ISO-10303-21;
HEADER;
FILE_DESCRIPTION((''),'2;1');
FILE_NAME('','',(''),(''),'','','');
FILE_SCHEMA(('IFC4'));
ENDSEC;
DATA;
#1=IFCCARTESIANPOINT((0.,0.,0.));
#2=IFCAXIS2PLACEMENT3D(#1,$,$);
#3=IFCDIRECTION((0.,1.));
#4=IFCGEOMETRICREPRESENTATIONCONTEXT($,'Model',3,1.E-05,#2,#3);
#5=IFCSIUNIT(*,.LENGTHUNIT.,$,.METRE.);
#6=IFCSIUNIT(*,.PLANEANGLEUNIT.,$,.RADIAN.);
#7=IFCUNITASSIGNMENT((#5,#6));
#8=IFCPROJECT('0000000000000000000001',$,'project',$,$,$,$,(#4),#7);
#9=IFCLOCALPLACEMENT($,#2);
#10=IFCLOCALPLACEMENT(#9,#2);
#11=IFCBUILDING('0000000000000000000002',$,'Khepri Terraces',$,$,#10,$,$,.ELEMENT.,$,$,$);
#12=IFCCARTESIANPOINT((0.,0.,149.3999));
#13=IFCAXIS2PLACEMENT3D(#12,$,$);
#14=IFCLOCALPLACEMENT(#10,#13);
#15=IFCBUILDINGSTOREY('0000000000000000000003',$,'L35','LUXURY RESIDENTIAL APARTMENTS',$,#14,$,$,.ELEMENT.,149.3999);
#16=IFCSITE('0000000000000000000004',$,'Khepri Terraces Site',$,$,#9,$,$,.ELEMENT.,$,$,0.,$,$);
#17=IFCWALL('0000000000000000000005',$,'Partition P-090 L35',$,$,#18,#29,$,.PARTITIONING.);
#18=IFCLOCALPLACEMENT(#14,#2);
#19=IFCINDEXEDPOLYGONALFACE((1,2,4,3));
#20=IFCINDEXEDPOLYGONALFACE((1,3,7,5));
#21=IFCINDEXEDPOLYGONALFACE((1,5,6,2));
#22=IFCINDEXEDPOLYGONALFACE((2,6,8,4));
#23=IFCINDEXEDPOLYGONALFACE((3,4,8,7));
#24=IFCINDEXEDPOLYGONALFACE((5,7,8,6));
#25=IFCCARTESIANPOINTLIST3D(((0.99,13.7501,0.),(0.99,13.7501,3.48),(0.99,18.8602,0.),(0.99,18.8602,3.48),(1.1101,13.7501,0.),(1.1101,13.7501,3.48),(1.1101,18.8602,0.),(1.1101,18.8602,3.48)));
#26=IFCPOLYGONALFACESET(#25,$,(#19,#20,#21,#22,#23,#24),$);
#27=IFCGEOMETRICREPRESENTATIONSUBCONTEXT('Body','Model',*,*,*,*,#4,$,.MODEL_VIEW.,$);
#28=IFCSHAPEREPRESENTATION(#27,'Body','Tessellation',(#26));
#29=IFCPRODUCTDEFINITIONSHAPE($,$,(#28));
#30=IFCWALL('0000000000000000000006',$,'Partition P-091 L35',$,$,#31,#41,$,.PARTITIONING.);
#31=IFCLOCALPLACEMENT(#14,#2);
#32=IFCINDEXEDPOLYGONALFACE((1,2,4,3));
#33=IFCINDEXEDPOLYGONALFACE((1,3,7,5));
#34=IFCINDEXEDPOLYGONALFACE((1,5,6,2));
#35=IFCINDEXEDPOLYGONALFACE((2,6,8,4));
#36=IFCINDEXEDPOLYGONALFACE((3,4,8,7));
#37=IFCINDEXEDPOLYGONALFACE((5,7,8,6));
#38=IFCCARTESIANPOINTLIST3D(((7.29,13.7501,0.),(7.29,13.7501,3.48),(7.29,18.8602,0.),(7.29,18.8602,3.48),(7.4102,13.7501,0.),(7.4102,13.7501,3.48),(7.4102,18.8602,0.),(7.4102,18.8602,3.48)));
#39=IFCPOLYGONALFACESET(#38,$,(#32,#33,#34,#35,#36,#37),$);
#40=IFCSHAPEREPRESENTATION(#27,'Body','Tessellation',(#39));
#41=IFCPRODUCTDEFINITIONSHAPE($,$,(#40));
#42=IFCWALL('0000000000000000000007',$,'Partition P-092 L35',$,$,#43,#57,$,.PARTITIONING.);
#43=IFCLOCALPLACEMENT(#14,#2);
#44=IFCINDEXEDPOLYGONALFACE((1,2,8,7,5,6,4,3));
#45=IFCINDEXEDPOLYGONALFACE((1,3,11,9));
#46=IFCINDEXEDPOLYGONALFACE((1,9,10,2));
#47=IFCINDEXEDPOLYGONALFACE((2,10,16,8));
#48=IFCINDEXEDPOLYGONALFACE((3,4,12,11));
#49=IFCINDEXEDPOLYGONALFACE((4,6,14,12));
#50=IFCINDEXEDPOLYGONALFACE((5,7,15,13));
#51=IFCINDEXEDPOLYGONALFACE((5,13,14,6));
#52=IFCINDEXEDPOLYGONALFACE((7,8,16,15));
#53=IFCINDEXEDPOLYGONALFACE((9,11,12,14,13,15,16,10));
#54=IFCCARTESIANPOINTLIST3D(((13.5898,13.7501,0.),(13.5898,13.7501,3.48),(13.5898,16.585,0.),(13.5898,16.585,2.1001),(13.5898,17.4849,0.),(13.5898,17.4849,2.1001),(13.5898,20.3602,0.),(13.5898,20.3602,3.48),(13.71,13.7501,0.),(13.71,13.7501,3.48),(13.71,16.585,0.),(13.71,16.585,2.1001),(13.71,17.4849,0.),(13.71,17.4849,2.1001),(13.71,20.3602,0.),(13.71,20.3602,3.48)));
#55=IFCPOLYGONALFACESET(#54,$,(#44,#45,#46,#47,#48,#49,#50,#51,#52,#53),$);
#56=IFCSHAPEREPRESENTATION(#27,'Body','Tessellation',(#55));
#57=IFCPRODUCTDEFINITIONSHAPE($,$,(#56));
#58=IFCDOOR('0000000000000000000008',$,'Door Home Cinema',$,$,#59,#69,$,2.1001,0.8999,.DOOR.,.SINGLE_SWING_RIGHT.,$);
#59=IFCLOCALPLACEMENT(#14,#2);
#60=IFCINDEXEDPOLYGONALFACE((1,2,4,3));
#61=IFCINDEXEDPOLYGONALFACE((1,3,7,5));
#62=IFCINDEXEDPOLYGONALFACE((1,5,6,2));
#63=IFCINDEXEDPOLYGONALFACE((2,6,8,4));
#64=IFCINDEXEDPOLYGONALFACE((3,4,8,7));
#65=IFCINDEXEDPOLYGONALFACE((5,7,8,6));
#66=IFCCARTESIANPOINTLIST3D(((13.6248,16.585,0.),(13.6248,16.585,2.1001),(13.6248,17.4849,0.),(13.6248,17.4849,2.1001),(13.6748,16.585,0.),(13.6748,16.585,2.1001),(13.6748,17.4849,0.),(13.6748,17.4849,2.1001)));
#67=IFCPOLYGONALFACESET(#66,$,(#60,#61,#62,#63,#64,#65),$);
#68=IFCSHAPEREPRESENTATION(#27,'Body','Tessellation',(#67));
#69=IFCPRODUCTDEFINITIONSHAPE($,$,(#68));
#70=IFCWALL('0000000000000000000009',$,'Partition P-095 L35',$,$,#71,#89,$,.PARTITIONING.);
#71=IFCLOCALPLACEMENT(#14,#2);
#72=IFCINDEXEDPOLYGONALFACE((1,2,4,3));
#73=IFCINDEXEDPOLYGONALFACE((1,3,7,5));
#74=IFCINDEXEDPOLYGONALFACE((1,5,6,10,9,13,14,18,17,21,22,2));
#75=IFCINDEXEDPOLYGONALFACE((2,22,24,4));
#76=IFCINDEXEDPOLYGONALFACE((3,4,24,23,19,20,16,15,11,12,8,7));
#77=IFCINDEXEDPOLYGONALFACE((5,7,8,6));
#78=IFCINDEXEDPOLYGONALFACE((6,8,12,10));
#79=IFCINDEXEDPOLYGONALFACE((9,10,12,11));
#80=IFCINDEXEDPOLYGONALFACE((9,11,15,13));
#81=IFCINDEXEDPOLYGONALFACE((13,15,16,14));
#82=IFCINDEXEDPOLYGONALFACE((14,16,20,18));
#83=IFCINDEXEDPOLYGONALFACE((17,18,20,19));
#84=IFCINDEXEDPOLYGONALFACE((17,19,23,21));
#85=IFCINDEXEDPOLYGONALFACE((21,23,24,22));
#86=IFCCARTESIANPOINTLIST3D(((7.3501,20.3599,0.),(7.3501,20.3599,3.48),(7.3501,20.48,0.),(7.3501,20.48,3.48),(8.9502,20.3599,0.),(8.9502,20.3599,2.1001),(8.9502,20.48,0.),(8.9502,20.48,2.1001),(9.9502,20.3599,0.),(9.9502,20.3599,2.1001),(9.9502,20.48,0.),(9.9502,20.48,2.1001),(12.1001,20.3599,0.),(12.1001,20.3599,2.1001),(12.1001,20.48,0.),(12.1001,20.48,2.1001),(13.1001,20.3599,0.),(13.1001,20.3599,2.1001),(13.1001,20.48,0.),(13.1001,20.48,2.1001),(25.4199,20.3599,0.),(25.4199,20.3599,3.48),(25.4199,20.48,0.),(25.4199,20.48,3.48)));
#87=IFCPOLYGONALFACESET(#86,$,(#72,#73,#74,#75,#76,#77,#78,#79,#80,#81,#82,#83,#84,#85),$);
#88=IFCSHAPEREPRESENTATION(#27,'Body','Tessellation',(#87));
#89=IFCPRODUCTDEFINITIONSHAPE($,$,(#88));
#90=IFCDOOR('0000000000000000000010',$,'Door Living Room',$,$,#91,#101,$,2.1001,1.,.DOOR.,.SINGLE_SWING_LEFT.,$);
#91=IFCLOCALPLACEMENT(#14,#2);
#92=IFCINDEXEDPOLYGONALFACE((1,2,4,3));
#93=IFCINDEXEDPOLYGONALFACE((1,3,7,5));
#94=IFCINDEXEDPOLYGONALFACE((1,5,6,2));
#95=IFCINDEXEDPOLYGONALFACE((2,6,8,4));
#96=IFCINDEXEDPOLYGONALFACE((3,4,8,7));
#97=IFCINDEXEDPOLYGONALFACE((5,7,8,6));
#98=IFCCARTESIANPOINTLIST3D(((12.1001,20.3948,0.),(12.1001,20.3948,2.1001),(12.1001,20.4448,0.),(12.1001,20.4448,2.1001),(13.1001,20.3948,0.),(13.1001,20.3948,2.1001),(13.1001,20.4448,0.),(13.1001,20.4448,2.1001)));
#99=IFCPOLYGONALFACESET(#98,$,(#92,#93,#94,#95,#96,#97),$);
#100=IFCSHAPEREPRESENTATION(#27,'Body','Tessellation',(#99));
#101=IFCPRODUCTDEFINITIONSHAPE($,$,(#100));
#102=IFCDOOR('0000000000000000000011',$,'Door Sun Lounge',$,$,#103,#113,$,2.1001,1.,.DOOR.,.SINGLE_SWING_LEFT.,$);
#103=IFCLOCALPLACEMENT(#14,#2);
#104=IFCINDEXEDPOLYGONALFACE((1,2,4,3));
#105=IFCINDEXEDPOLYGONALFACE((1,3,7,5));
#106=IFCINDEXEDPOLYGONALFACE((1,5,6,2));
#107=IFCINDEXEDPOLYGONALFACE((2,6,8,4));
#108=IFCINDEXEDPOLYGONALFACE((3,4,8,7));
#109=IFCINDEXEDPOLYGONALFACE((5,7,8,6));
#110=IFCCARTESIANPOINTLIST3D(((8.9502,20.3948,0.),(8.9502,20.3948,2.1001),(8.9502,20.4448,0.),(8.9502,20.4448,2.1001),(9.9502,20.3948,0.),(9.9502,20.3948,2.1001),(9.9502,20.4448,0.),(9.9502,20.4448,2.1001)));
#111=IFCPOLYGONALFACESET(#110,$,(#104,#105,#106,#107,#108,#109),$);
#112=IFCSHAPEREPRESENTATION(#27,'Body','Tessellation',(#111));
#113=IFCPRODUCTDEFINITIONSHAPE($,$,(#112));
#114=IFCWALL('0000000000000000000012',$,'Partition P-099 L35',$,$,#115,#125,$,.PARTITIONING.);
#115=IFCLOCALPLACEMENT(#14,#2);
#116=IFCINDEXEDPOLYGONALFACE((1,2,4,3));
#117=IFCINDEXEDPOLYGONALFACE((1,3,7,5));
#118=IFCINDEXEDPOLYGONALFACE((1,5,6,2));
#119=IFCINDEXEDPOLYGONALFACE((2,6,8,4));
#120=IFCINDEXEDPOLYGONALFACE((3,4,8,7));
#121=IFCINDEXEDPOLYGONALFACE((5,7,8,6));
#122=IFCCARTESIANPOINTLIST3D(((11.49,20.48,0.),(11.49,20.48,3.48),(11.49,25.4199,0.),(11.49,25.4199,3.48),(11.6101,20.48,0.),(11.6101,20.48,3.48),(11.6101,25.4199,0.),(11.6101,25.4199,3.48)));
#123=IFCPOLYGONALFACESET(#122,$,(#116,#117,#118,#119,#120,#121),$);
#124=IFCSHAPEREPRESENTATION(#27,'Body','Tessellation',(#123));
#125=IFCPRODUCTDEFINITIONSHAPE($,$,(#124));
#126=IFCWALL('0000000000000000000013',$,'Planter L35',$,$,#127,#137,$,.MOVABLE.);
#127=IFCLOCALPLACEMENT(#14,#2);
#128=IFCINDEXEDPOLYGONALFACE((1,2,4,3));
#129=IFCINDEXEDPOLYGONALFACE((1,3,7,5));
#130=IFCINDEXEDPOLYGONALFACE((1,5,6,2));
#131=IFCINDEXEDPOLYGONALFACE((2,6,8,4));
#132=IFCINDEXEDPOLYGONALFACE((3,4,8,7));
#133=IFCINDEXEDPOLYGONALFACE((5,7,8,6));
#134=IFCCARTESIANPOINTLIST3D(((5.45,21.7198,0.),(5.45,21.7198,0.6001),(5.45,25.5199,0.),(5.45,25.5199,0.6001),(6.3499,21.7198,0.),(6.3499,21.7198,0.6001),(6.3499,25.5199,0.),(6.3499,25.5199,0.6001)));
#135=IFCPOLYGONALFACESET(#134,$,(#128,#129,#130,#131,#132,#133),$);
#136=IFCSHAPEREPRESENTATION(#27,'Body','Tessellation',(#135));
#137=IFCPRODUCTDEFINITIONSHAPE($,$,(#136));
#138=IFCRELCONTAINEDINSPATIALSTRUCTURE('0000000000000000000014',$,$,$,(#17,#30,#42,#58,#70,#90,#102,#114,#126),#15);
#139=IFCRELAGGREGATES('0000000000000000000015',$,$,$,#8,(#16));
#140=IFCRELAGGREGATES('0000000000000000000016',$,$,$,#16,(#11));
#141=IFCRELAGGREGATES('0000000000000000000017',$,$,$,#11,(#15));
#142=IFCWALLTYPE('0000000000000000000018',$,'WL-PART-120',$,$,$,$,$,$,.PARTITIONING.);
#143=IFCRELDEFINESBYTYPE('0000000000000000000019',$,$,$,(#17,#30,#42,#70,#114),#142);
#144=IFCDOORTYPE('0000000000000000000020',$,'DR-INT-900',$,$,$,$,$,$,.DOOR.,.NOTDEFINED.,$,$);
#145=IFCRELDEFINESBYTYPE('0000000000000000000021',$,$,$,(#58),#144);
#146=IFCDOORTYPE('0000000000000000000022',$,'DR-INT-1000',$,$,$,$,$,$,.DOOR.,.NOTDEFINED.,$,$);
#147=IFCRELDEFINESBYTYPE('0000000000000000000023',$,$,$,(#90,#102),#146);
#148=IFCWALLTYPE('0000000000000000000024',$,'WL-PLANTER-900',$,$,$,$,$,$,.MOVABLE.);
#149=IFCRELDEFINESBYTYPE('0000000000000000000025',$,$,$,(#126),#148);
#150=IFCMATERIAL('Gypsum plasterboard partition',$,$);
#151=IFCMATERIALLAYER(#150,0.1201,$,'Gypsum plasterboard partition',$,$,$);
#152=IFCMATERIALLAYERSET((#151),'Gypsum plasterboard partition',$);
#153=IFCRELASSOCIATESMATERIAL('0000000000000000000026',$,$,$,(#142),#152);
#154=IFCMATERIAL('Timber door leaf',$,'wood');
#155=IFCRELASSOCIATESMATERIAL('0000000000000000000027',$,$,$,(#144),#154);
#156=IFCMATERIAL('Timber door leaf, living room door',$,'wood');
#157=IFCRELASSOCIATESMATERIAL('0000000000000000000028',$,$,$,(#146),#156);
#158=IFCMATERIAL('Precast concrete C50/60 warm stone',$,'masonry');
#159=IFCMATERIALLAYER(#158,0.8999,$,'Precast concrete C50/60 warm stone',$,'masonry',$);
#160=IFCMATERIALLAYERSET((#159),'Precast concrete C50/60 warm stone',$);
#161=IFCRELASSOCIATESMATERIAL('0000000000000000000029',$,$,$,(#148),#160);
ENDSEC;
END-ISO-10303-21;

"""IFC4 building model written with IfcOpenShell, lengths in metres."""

from ifc_helpers import new_model, si_unit, direction, frame, frame_2d, origin, place, context, subcontext, project, spatial, rectangle, extrude, material, layer, layer_set, type_object, element, fill, save


model = new_model("IFC4")

# Units and contexts
model_context = context("Model", 3, precision=1e-05, world=origin(), true_north=direction((0.0, 1.0)))
body_context = subcontext(model_context, "Body", "Model", "MODEL_VIEW")
ifc_project = project(units=[si_unit("LENGTHUNIT", "METRE"), si_unit("PLANEANGLEUNIT", "RADIAN")], contexts=[model_context])

# Site, building, storey
site_placement = place(None, origin())
site = spatial("IfcSite", under=ifc_project, at=site_placement, Name="Khepri Terraces Site", CompositionType="ELEMENT", RefElevation=0.0)
building_placement = place(site_placement, origin())
building = spatial("IfcBuilding", under=site, at=building_placement, Name="Khepri Terraces", CompositionType="ELEMENT")
storey_placement = place(building_placement, frame((0.0, 0.0, 149.3999)))
storey = spatial("IfcBuildingStorey", under=building, at=storey_placement, Name="L35", Description="LUXURY RESIDENTIAL APARTMENTS", CompositionType="ELEMENT", Elevation=149.3999)

# Shared definitions
ifc_material_1 = material(Name="Precast concrete C50/60 warm stone", Category="masonry")

# Walls
ifc_material_2 = material(Name="Gypsum plasterboard partition")
ifc_layer_1 = layer(ifc_material_2, 0.1201, Name="Gypsum plasterboard partition")
ifc_layer_set_1 = layer_set([ifc_layer_1], Name="Gypsum plasterboard partition")
wall_type_1 = type_object("IfcWallType", Name="WL-PART-120", PredefinedType="PARTITIONING", material=ifc_layer_set_1)
for number, where, z_axis, x_axis, name in (
    (1, (1.05, 13.75, 0.0), (0.0, 0.0, 1.0), (0.0, 1.0, 0.0), "Partition P-090 L35"),
    (2, (7.3501, 13.75, 0.0), (0.0, 0.0, 1.0), (0.0, 1.0, 0.0), "Partition P-091 L35"),
):
    element("IfcWall", number, at=place(storey_placement, frame(where, z_axis=z_axis, x_axis=x_axis)), inside=storey, type_object=wall_type_1, Name=name, PredefinedType="PARTITIONING", context=body_context, shape_type="SweptSolid", body=[
        extrude(rectangle(XDim=5.1101, YDim=0.1201, at=frame_2d((2.5552, 0.0))), origin(), (0.0, 0.0, 1.0), 3.48),
    ])

# Wall, opening, door
wall_1_placement = place(storey_placement, frame((13.6499, 13.75, 0.0), z_axis=(0.0, 0.0, 1.0), x_axis=(0.0, 1.0, 0.0)))
wall_1 = element("IfcWall", 3, at=wall_1_placement, inside=storey, type_object=wall_type_1, Name="Partition P-092 L35", PredefinedType="PARTITIONING", context=body_context, shape_type="SweptSolid", body=[
    extrude(rectangle(XDim=6.6101, YDim=0.1201, at=frame_2d((3.3052, 0.0))), origin(), (0.0, 0.0, 1.0), 3.48),
])
opening_1_placement = place(wall_1_placement, frame((2.835, 0.0, 0.0)))
opening_1 = element("IfcOpeningElement", 4, at=opening_1_placement, cuts=wall_1, PredefinedType="OPENING", context=body_context, shape_type="SweptSolid", body=[
    extrude(rectangle(XDim=0.8999, YDim=2.1001, at=frame_2d((0.45, 1.05))), frame((0.0, 0.0701, 0.0), z_axis=(0.0, -1.0, 0.0), x_axis=(1.0, 0.0, 0.0)), (0.0, 0.0, 1.0), 0.1401),
])
ifc_material_3 = material(Name="Timber door leaf", Category="wood")
door_type_1 = type_object("IfcDoorType", Name="DR-INT-900", OperationType="NOTDEFINED", PredefinedType="DOOR", material=ifc_material_3)
door_1_placement = place(opening_1_placement, frame((0.8999, 0.0, 0.0), z_axis=(0.0, 0.0, 1.0), x_axis=(-1.0, 0.0, 0.0)))
door_1 = element("IfcDoor", 5, at=door_1_placement, inside=storey, type_object=door_type_1, Name="Door Home Cinema", OperationType="SINGLE_SWING_RIGHT", OverallHeight=2.1001, OverallWidth=0.8999, PredefinedType="DOOR", context=body_context, shape_type="SweptSolid", body=[
    extrude(rectangle(XDim=0.8999, YDim=2.1001, at=frame_2d((0.45, 1.05))), frame((0.0, 0.0249, 0.0), z_axis=(0.0, -1.0, 0.0), x_axis=(1.0, 0.0, 0.0)), (0.0, 0.0, 1.0), 0.05),
])
fill(opening_1, door_1)

# Wall, openings, doors
wall_2_placement = place(storey_placement, frame((7.3501, 20.4199, 0.0), z_axis=(0.0, 0.0, 1.0), x_axis=(1.0, 0.0, 0.0)))
wall_2 = element("IfcWall", 6, at=wall_2_placement, inside=storey, type_object=wall_type_1, Name="Partition P-095 L35", PredefinedType="PARTITIONING", context=body_context, shape_type="SweptSolid", body=[
    extrude(rectangle(XDim=18.0698, YDim=0.1201, at=frame_2d((9.0349, 0.0))), origin(), (0.0, 0.0, 1.0), 3.48),
])
opening_2_placement = place(wall_2_placement, frame((4.75, 0.0, 0.0)))
opening_2 = element("IfcOpeningElement", 7, at=opening_2_placement, cuts=wall_2, PredefinedType="OPENING", context=body_context, shape_type="SweptSolid", body=[
    extrude(rectangle(XDim=1.0, YDim=2.1001, at=frame_2d((0.5, 1.05))), frame((0.0, 0.0701, 0.0), z_axis=(0.0, -1.0, 0.0), x_axis=(1.0, 0.0, 0.0)), (0.0, 0.0, 1.0), 0.1401),
])
opening_3_placement = place(wall_2_placement, frame((1.6001, 0.0, 0.0)))
opening_3 = element("IfcOpeningElement", 8, at=opening_3_placement, cuts=wall_2, PredefinedType="OPENING", context=body_context, shape_type="SweptSolid", body=[
    extrude(rectangle(XDim=1.0, YDim=2.1001, at=frame_2d((0.5, 1.05))), frame((0.0, 0.0701, 0.0), z_axis=(0.0, -1.0, 0.0), x_axis=(1.0, 0.0, 0.0)), (0.0, 0.0, 1.0), 0.1401),
])
ifc_material_4 = material(Name="Timber door leaf, living room door", Category="wood")
door_type_2 = type_object("IfcDoorType", Name="DR-INT-1000", OperationType="NOTDEFINED", PredefinedType="DOOR", material=ifc_material_4)
door_2_placement = place(opening_2_placement, origin())
door_2 = element("IfcDoor", 9, at=door_2_placement, inside=storey, type_object=door_type_2, Name="Door Living Room", OperationType="SINGLE_SWING_LEFT", OverallHeight=2.1001, OverallWidth=1.0, PredefinedType="DOOR", context=body_context, shape_type="SweptSolid", body=[
    extrude(rectangle(XDim=1.0, YDim=2.1001, at=frame_2d((0.5, 1.05))), frame((0.0, 0.0249, 0.0), z_axis=(0.0, -1.0, 0.0), x_axis=(1.0, 0.0, 0.0)), (0.0, 0.0, 1.0), 0.05),
])
fill(opening_2, door_2)
door_3_placement = place(opening_3_placement, origin())
door_3 = element("IfcDoor", 10, at=door_3_placement, inside=storey, type_object=door_type_2, Name="Door Sun Lounge", OperationType="SINGLE_SWING_LEFT", OverallHeight=2.1001, OverallWidth=1.0, PredefinedType="DOOR", context=body_context, shape_type="SweptSolid", body=[
    extrude(rectangle(XDim=1.0, YDim=2.1001, at=frame_2d((0.5, 1.05))), frame((0.0, 0.0249, 0.0), z_axis=(0.0, -1.0, 0.0), x_axis=(1.0, 0.0, 0.0)), (0.0, 0.0, 1.0), 0.05),
])
fill(opening_3, door_3)

# Walls
wall_3_placement = place(storey_placement, frame((11.55, 20.48, 0.0), z_axis=(0.0, 0.0, 1.0), x_axis=(0.0, 1.0, 0.0)))
element("IfcWall", 11, at=wall_3_placement, inside=storey, type_object=wall_type_1, Name="Partition P-099 L35", PredefinedType="PARTITIONING", context=body_context, shape_type="SweptSolid", body=[
    extrude(rectangle(XDim=4.9399, YDim=0.1201, at=frame_2d((2.47, 0.0))), origin(), (0.0, 0.0, 1.0), 3.48),
])
ifc_layer_2 = layer(ifc_material_1, 0.8999, Name="Precast concrete C50/60 warm stone", Category="masonry")
ifc_layer_set_2 = layer_set([ifc_layer_2], Name="Precast concrete C50/60 warm stone")
wall_type_2 = type_object("IfcWallType", Name="WL-PLANTER-900", PredefinedType="MOVABLE", material=ifc_layer_set_2)
wall_4_placement = place(storey_placement, frame((5.8999, 21.72, 0.0), z_axis=(0.0, 0.0, 1.0), x_axis=(0.0, 1.0, 0.0)))
element("IfcWall", 12, at=wall_4_placement, inside=storey, type_object=wall_type_2, Name="Planter L35", PredefinedType="MOVABLE", context=body_context, shape_type="SweptSolid", body=[
    extrude(rectangle(XDim=3.8, YDim=0.8999, at=frame_2d((1.8999, 0.0))), origin(), (0.0, 0.0, 1.0), 0.6001),
])

save(model, "model.ifc")
